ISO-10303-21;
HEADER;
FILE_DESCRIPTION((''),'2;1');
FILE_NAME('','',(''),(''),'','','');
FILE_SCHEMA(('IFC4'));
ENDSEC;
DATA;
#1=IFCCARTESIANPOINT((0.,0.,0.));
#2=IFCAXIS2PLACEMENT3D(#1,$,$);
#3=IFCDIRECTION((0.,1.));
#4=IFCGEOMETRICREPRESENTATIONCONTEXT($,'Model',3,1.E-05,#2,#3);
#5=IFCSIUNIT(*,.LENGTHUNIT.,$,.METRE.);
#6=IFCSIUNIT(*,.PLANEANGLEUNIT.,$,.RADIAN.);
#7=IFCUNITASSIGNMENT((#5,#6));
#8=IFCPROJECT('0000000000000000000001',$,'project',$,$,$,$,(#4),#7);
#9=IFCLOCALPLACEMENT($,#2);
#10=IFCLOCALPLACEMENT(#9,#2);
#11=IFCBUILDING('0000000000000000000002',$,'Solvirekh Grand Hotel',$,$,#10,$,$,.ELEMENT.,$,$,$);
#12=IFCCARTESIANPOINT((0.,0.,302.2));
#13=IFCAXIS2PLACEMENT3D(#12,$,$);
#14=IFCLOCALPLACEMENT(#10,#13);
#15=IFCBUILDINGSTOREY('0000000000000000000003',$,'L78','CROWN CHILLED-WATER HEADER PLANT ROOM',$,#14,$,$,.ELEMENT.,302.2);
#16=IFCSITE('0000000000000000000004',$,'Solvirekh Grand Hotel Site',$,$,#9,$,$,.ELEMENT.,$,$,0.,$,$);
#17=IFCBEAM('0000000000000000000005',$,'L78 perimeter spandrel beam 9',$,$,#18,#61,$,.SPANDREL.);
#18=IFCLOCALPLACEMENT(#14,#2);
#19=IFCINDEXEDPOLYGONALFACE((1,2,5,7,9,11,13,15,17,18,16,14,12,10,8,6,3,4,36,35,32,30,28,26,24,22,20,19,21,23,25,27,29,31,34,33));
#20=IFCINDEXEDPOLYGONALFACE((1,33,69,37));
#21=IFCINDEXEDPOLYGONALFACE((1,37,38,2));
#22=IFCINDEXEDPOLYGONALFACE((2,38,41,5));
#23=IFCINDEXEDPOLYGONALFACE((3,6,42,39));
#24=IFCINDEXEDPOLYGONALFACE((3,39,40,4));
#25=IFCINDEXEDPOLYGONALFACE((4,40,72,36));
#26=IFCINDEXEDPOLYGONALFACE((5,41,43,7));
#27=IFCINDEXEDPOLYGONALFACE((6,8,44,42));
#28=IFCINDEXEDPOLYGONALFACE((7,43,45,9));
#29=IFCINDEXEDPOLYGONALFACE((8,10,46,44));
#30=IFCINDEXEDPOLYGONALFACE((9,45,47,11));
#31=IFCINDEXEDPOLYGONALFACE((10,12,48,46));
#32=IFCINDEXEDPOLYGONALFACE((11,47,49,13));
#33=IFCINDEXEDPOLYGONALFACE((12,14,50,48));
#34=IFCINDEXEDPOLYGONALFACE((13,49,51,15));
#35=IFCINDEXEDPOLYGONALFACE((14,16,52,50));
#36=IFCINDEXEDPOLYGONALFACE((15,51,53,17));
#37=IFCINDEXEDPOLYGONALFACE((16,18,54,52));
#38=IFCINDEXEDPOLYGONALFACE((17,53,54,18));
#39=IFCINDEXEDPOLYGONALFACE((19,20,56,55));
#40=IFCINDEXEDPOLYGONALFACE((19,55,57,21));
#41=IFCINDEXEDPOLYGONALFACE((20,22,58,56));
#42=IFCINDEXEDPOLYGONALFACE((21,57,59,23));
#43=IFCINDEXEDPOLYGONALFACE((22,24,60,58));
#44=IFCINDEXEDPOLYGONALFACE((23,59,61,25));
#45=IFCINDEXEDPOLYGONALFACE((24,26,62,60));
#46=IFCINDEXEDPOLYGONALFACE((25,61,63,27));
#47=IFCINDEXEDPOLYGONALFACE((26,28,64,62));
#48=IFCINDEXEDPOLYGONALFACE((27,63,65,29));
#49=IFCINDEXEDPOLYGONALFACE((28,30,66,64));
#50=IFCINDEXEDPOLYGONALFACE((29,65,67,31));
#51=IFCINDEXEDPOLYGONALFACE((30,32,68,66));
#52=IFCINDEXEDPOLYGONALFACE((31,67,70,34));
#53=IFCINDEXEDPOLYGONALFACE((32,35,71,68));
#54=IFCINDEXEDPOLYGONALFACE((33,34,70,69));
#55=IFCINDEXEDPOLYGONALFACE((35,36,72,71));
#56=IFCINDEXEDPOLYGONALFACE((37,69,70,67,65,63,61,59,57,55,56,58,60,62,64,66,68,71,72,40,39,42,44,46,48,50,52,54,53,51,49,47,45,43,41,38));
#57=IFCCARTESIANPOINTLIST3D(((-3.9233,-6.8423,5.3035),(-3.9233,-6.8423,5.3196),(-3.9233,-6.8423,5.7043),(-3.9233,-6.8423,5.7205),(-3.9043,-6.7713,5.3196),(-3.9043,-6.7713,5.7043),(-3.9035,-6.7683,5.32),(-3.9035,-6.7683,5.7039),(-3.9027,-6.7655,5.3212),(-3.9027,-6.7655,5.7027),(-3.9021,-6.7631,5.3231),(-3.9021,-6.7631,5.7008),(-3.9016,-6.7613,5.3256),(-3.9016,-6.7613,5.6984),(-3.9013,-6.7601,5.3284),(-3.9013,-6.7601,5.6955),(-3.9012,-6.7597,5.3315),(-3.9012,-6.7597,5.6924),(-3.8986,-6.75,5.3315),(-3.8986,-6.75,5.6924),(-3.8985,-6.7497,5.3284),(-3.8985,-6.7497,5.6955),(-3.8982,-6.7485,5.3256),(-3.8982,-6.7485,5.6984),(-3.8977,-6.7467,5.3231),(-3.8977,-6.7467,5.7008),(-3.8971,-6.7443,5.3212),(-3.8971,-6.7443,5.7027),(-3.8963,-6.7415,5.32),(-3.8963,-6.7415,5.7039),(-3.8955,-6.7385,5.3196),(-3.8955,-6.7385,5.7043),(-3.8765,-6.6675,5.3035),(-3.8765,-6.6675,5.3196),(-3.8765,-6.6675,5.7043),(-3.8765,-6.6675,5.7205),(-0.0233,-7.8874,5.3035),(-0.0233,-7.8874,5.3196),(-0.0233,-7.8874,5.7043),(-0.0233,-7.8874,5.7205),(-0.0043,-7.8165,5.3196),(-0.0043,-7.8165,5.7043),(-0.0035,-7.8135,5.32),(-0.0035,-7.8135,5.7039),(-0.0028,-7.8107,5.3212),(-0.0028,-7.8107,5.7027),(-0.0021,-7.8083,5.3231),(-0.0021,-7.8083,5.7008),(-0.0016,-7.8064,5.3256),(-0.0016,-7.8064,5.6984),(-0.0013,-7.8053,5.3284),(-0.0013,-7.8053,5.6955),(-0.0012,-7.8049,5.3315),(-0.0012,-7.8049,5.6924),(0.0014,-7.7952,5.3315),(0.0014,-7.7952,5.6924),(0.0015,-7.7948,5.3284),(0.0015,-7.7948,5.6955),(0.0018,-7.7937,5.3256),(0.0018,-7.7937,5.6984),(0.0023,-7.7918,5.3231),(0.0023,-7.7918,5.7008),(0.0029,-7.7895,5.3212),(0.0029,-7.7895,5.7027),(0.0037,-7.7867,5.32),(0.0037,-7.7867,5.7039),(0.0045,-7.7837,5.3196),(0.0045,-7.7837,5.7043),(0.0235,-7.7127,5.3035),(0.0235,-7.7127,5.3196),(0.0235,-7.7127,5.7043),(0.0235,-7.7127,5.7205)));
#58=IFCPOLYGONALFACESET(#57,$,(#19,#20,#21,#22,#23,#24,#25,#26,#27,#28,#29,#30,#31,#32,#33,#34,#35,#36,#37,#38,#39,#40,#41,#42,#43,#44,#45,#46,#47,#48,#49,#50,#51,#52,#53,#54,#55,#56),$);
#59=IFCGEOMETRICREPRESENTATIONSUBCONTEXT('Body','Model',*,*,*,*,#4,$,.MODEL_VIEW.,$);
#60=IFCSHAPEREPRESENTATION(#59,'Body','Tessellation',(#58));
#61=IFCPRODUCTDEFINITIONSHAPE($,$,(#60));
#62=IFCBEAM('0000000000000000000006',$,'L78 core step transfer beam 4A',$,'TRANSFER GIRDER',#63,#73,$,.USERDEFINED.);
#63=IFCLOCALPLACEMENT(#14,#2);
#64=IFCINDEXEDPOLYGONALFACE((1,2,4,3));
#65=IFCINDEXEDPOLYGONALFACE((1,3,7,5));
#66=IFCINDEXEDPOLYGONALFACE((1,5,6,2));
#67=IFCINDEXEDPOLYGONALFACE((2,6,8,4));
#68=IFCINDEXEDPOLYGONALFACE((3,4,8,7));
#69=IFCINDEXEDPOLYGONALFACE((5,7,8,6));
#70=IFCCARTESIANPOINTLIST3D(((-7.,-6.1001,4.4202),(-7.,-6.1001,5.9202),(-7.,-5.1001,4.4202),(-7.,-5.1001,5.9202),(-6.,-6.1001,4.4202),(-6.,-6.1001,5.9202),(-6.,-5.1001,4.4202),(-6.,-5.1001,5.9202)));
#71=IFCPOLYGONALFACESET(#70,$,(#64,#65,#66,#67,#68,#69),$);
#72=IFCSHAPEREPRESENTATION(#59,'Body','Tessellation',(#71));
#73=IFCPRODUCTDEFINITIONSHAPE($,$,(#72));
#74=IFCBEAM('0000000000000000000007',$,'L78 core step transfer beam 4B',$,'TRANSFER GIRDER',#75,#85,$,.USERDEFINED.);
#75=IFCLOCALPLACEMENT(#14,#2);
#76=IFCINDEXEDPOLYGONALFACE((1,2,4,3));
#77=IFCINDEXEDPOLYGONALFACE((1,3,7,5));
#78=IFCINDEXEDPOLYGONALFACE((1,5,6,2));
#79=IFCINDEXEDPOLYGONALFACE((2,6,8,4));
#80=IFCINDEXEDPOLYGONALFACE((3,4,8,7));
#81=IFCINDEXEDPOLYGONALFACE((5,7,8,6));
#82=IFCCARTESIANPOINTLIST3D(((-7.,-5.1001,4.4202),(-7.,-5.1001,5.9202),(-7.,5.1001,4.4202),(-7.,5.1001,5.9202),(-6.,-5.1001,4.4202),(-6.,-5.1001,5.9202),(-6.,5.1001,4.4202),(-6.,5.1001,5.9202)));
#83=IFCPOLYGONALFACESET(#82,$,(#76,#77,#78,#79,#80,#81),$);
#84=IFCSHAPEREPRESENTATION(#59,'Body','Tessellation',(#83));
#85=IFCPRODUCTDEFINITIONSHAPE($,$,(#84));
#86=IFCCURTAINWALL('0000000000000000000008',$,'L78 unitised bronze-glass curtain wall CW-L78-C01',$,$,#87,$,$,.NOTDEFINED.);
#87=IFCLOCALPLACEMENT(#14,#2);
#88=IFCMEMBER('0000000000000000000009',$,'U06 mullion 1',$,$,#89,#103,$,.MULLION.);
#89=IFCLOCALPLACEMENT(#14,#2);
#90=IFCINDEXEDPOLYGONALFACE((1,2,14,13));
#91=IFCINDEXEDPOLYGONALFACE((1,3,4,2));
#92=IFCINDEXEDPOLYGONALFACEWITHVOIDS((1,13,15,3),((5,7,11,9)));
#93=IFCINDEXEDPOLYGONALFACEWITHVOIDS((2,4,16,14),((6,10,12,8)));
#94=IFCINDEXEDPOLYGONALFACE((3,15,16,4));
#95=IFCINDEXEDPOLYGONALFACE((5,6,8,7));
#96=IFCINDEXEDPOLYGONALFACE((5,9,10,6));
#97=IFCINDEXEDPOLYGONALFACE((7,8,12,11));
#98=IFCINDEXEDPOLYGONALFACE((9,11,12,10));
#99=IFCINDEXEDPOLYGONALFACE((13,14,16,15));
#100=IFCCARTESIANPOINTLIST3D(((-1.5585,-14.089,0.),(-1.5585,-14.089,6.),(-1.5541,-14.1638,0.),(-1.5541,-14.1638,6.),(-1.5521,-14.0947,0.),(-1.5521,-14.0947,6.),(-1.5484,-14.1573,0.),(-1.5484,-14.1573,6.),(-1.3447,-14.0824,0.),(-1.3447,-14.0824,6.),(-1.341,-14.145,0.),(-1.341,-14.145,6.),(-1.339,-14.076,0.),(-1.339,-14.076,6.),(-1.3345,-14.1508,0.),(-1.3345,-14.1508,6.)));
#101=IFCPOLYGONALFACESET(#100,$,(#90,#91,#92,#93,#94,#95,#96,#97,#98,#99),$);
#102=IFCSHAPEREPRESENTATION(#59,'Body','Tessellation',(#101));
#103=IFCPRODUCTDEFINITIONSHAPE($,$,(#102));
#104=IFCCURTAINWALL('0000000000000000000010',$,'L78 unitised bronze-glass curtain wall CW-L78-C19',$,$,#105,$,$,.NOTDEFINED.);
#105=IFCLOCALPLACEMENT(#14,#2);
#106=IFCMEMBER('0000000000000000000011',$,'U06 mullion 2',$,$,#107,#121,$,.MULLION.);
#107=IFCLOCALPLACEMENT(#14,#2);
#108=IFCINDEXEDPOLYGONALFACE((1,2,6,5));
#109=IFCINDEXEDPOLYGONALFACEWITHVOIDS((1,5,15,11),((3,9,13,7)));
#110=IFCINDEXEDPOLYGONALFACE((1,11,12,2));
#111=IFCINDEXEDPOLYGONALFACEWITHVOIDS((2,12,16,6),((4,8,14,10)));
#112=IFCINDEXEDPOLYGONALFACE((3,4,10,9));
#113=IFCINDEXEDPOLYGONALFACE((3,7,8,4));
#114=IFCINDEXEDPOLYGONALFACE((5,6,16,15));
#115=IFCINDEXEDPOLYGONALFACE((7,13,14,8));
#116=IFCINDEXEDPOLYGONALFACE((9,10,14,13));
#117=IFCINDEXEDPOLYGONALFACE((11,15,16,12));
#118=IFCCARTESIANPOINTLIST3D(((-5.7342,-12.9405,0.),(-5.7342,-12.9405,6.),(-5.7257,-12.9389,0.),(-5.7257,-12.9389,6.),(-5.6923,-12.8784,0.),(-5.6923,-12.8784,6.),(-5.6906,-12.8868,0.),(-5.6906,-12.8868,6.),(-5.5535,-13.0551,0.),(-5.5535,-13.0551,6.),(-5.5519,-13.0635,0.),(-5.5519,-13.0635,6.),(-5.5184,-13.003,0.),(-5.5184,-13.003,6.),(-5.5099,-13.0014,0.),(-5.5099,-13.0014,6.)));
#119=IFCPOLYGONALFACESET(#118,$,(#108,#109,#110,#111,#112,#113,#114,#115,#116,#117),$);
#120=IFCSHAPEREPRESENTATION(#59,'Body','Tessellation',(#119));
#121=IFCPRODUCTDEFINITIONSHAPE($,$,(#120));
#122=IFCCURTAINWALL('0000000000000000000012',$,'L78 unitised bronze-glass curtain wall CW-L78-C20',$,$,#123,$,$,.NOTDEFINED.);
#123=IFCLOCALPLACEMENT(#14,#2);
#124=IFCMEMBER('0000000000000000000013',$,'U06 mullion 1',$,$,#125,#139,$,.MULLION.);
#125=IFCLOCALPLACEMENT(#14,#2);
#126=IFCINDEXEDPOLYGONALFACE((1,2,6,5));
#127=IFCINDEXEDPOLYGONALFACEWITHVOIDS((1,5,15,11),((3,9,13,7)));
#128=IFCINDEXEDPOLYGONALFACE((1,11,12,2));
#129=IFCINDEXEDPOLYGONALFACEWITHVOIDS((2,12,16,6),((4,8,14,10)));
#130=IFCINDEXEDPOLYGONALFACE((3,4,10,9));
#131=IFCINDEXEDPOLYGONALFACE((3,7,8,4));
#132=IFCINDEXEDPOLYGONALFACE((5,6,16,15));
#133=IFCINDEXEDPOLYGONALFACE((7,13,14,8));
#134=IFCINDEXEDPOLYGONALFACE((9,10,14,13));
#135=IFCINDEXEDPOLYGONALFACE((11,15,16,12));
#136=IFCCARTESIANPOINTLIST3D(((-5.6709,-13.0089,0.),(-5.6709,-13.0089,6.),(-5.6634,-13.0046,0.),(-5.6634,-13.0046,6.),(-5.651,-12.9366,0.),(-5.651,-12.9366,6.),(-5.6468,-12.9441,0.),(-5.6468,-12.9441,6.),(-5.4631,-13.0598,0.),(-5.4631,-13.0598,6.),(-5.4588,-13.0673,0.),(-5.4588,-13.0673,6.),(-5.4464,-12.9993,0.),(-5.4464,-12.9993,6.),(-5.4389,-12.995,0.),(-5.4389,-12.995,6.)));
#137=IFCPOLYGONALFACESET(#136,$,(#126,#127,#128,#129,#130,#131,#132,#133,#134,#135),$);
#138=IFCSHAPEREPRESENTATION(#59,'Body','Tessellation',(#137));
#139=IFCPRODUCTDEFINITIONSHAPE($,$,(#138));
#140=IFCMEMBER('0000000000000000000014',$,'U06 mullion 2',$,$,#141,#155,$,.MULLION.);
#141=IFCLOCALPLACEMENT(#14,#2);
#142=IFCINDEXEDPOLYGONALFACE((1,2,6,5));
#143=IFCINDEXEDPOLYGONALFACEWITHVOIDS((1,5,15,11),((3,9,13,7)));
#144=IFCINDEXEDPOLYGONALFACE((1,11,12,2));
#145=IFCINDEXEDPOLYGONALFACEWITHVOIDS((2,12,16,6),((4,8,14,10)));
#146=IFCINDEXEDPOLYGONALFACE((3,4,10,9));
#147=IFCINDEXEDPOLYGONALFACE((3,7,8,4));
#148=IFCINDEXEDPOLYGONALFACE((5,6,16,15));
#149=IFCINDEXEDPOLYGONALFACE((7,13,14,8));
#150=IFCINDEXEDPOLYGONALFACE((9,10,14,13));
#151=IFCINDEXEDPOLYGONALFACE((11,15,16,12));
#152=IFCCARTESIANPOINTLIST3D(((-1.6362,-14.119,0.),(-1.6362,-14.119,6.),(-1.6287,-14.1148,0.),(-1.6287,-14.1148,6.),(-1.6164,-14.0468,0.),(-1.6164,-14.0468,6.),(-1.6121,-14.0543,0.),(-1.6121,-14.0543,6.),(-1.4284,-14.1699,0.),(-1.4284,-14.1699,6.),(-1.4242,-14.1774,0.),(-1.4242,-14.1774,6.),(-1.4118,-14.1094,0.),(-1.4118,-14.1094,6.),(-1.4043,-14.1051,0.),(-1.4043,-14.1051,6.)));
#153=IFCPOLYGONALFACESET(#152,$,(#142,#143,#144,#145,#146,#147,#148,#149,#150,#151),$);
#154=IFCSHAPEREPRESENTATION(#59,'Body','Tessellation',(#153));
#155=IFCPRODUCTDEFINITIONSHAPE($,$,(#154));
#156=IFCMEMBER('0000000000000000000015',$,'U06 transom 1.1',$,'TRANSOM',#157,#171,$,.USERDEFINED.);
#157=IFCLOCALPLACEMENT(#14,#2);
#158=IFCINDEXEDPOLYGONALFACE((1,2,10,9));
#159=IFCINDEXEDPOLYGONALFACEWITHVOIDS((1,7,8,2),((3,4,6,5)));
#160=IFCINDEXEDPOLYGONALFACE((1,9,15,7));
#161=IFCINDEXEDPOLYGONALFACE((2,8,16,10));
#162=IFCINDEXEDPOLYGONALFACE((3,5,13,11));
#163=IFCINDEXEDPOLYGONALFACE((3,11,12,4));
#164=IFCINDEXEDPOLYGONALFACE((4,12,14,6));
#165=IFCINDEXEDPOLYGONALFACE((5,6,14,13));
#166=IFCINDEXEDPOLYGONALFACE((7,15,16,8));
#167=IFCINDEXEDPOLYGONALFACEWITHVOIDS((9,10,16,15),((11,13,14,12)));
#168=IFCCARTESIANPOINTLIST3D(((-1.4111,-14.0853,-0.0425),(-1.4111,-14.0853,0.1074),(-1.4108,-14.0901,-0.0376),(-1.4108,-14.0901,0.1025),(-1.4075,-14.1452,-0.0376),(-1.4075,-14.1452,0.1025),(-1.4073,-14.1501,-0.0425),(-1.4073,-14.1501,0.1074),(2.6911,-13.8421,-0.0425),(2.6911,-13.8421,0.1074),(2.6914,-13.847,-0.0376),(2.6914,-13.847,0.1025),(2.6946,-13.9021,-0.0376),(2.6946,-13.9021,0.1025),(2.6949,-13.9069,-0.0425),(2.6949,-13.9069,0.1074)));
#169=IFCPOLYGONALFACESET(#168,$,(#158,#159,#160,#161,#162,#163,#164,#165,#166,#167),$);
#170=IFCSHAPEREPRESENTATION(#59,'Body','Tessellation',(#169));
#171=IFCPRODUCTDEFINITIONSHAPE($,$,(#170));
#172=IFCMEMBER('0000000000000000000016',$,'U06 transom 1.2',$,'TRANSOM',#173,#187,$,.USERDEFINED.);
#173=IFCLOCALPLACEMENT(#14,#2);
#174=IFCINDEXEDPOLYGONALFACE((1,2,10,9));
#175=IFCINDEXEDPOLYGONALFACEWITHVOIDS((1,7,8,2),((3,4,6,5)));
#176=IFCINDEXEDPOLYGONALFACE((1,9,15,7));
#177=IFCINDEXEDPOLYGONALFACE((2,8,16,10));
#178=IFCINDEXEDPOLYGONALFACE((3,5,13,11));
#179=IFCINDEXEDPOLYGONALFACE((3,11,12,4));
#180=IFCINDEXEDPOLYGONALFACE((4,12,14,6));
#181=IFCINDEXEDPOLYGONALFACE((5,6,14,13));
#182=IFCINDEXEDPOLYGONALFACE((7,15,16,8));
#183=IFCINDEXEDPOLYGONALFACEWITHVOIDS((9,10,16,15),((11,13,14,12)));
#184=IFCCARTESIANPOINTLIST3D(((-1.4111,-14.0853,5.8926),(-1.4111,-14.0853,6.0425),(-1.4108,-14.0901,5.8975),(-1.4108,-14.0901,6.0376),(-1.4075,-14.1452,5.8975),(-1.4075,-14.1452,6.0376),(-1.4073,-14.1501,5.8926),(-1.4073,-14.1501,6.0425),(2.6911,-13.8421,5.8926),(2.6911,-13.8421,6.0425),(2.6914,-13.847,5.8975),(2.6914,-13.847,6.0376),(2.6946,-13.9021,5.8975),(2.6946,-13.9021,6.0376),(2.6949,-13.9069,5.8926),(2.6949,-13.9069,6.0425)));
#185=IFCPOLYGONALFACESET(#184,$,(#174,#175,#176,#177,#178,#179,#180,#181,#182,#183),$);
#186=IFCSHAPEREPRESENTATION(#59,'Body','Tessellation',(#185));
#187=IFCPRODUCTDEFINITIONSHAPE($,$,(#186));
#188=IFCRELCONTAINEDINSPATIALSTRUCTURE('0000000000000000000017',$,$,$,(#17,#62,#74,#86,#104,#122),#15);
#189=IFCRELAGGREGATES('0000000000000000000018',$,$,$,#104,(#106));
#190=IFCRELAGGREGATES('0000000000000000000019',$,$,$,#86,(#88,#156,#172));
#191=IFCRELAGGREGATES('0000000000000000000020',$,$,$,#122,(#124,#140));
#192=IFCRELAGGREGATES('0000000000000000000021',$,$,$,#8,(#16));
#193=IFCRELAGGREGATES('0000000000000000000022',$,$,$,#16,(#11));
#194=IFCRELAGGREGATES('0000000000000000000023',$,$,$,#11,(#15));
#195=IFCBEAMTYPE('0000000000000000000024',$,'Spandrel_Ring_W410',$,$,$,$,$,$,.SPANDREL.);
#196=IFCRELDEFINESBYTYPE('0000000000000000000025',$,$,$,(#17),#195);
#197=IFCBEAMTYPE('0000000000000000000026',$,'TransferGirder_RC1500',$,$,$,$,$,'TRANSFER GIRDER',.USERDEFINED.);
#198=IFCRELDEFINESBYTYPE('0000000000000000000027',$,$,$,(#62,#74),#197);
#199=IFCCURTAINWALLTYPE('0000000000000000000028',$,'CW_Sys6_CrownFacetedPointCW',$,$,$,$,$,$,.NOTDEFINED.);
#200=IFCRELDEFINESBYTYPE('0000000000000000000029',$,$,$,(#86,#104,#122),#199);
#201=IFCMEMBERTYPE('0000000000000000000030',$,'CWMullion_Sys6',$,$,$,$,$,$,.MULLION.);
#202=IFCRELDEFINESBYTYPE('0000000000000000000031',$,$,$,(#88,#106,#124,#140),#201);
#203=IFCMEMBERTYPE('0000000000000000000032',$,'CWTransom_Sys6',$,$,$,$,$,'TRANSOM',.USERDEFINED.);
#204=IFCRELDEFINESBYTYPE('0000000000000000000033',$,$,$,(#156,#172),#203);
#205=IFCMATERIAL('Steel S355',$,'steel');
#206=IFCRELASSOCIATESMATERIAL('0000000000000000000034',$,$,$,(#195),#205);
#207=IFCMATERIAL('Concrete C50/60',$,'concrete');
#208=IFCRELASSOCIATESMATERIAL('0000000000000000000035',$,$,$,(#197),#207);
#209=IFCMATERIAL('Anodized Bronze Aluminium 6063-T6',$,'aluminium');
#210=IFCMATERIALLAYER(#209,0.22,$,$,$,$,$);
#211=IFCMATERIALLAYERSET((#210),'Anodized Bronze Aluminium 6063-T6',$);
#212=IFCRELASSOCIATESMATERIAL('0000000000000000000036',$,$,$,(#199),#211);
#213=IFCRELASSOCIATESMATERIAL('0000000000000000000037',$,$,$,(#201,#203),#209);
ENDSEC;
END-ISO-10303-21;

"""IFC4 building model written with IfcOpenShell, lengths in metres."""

from ifc_helpers import new_model, si_unit, direction, frame, origin, origin_2d, place, context, subcontext, project, spatial, rectangle, hollow_rectangle, i_section, extrude, source, transform, mapped, material, layer, layer_set, material_profile, profile_set, type_object, element, aggregate, save


model = new_model("IFC4")

# Units and contexts
model_context = context("Model", 3, precision=1e-05, world=origin(), true_north=direction((0.0, 1.0)))
body_context = subcontext(model_context, "Body", "Model", "MODEL_VIEW")
ifc_project = project(units=[si_unit("LENGTHUNIT", "METRE"), si_unit("PLANEANGLEUNIT", "RADIAN")], contexts=[model_context])

# Site, building, storey
site_placement = place(None, origin())
site = spatial("IfcSite", under=ifc_project, at=site_placement, Name="Solvirekh Grand Hotel Site", CompositionType="ELEMENT", RefElevation=0.0)
building_placement = place(site_placement, origin())
building = spatial("IfcBuilding", under=site, at=building_placement, Name="Solvirekh Grand Hotel", CompositionType="ELEMENT")
storey_placement = place(building_placement, frame((0.0, 0.0, 302.2)))
storey = spatial("IfcBuildingStorey", under=building, at=storey_placement, Name="L78", Description="CROWN CHILLED-WATER HEADER PLANT ROOM", CompositionType="ELEMENT", Elevation=302.2)

# Shared definitions
ifc_material_1 = material(Name="Concrete C50/60", Category="concrete")

# Beams
ifc_material_2 = material(Name="Steel S355", Category="steel")
ifc_material_profile_1 = material_profile(ifc_material_2, i_section(OverallWidth=0.1809, OverallDepth=0.417, WebThickness=0.01, FlangeThickness=0.0161, FilletRadius=0.012, at=origin_2d()), Name="W410X85")
ifc_profile_set_1 = profile_set([ifc_material_profile_1], Name="Steel S355")
beam_type_1 = type_object("IfcBeamType", Name="Spandrel_Ring_W410", PredefinedType="SPANDREL", material=ifc_profile_set_1)
beam_1_placement = place(storey_placement, frame((-3.8999, -6.7549, 5.512), z_axis=(0.965914, -0.258863, 0.0), x_axis=(0.258863, 0.965914, 0.0)))
element("IfcBeam", 1, at=beam_1_placement, inside=storey, type_object=beam_type_1, Name="L78 perimeter spandrel beam 9", PredefinedType="SPANDREL", context=body_context, shape_type="SweptSolid", body=[
    extrude(i_section(OverallWidth=0.1809, OverallDepth=0.417, WebThickness=0.01, FlangeThickness=0.0161, FilletRadius=0.012, at=origin_2d()), origin(), (0.0, 0.0, 1.0), 4.0376),
])
ifc_material_profile_2 = material_profile(ifc_material_1, rectangle(XDim=1.0, YDim=1.5, at=origin_2d()), Name="RC GIRDER 1000X1500")
ifc_profile_set_2 = profile_set([ifc_material_profile_2], Name="Concrete C50/60")
beam_type_2 = type_object("IfcBeamType", Name="TransferGirder_RC1500", ElementType="TRANSFER GIRDER", PredefinedType="USERDEFINED", material=ifc_profile_set_2)
beam_2_placement = place(storey_placement, frame((-6.5, -6.1001, 5.1702), z_axis=(0.0, 1.0, 0.0), x_axis=(-1.0, 0.0, 0.0)))
element("IfcBeam", 2, at=beam_2_placement, inside=storey, type_object=beam_type_2, Name="L78 core step transfer beam 4A", ObjectType="TRANSFER GIRDER", PredefinedType="USERDEFINED", context=body_context, shape_type="SweptSolid", body=[
    extrude(rectangle(XDim=1.0, YDim=1.5, at=origin_2d()), origin(), (0.0, 0.0, 1.0), 1.0),
])
beam_3_placement = place(storey_placement, frame((-6.5, -5.1001, 5.1702), z_axis=(0.0, 1.0, 0.0), x_axis=(-1.0, 0.0, 0.0)))
element("IfcBeam", 3, at=beam_3_placement, inside=storey, type_object=beam_type_2, Name="L78 core step transfer beam 4B", ObjectType="TRANSFER GIRDER", PredefinedType="USERDEFINED", context=body_context, shape_type="SweptSolid", body=[
    extrude(rectangle(XDim=1.0, YDim=1.5, at=origin_2d()), origin(), (0.0, 0.0, 1.0), 10.2002),
])

# Curtain walls, members
ifc_material_3 = material(Name="Anodized Bronze Aluminium 6063-T6", Category="aluminium")
ifc_layer_1 = layer(ifc_material_3, 0.22)
ifc_layer_set_1 = layer_set([ifc_layer_1], Name="Anodized Bronze Aluminium 6063-T6")
curtain_wall_type = type_object("IfcCurtainWallType", Name="CW_Sys6_CrownFacetedPointCW", PredefinedType="NOTDEFINED", material=ifc_layer_set_1)
curtain_wall_1_placement = place(storey_placement, origin())
curtain_wall_1 = element("IfcCurtainWall", 4, at=curtain_wall_1_placement, inside=storey, type_object=curtain_wall_type, Name="L78 unitised bronze-glass curtain wall CW-L78-C01", PredefinedType="NOTDEFINED")
ifc_material_profile_3 = material_profile(ifc_material_3, hollow_rectangle(XDim=0.075, YDim=0.22, WallThickness=0.0061, at=origin_2d()), Name="ALU RHS 220X75X6")
ifc_profile_set_3 = profile_set([ifc_material_profile_3], Name="Anodized Bronze Aluminium 6063-T6")
member_type_1 = type_object("IfcMemberType", Name="CWMullion_Sys6", PredefinedType="MULLION", material=ifc_profile_set_3)
shared_shape_1 = source(origin(), body_context, "Body", "SweptSolid", [
    extrude(hollow_rectangle(XDim=0.075, YDim=0.22, WallThickness=0.0061, at=origin_2d()), origin(), (0.0, 0.0, 1.0), 6.0),
])
member_1_placement = place(storey_placement, frame((-1.4465, -14.1199, 0.0), z_axis=(0.0, 0.0, 1.0), x_axis=(-0.059162, 0.998248, 0.0)))
member_1 = element("IfcMember", 5, at=member_1_placement, type_object=member_type_1, Name="U06 mullion 1", PredefinedType="MULLION", context=body_context, shape_type="MappedRepresentation", body=[
    mapped(shared_shape_1, transform((0.0, 0.0, 0.0), x_axis=(1.0, 0.0, 0.0), y_axis=(0.0, 1.0, 0.0), z_axis=(0.0, 0.0, 1.0), scale=1.0)),
])
curtain_wall_2_placement = place(storey_placement, origin())
curtain_wall_2 = element("IfcCurtainWall", 6, at=curtain_wall_2_placement, inside=storey, type_object=curtain_wall_type, Name="L78 unitised bronze-glass curtain wall CW-L78-C19", PredefinedType="NOTDEFINED")
member_2_placement = place(storey_placement, frame((-5.6221, -12.9709, 0.0), z_axis=(0.0, 0.0, 1.0), x_axis=(0.559313, 0.828957, 0.0)))
member_2 = element("IfcMember", 7, at=member_2_placement, type_object=member_type_1, Name="U06 mullion 2", PredefinedType="MULLION", context=body_context, shape_type="MappedRepresentation", body=[
    mapped(shared_shape_1, transform((0.0, 0.0, 0.0), x_axis=(1.0, 0.0, 0.0), y_axis=(0.0, 1.0, 0.0), z_axis=(0.0, 0.0, 1.0), scale=1.0)),
])
aggregate(curtain_wall_2, [member_2])

# Curtain wall, members
curtain_wall_3_placement = place(storey_placement, origin())
curtain_wall_3 = element("IfcCurtainWall", 8, at=curtain_wall_3_placement, inside=storey, type_object=curtain_wall_type, Name="L78 unitised bronze-glass curtain wall CW-L78-C20", PredefinedType="NOTDEFINED")
member_3_placement = place(storey_placement, frame((-5.5549, -13.002, 0.0), z_axis=(0.0, 0.0, 1.0), x_axis=(0.265282, 0.964171, 0.0)))
member_3 = element("IfcMember", 9, at=member_3_placement, type_object=member_type_1, Name="U06 mullion 1", PredefinedType="MULLION", context=body_context, shape_type="MappedRepresentation", body=[
    mapped(shared_shape_1, transform((0.0, 0.0, 0.0), x_axis=(1.0, 0.0, 0.0), y_axis=(0.0, 1.0, 0.0), z_axis=(0.0, 0.0, 1.0), scale=1.0)),
])
member_4_placement = place(storey_placement, frame((-1.5203, -14.1121, 0.0), z_axis=(0.0, 0.0, 1.0), x_axis=(0.265282, 0.964171, 0.0)))
member_4 = element("IfcMember", 10, at=member_4_placement, type_object=member_type_1, Name="U06 mullion 2", PredefinedType="MULLION", context=body_context, shape_type="MappedRepresentation", body=[
    mapped(shared_shape_1, transform((0.0, 0.0, 0.0), x_axis=(1.0, 0.0, 0.0), y_axis=(0.0, 1.0, 0.0), z_axis=(0.0, 0.0, 1.0), scale=1.0)),
])

# Members
ifc_material_profile_4 = material_profile(ifc_material_3, hollow_rectangle(XDim=0.0649, YDim=0.1499, WallThickness=0.0049, at=origin_2d()), Name="ALU RHS 150X65X5")
ifc_profile_set_4 = profile_set([ifc_material_profile_4], Name="Anodized Bronze Aluminium 6063-T6")
member_type_2 = type_object("IfcMemberType", Name="CWTransom_Sys6", ElementType="TRANSOM", PredefinedType="USERDEFINED", material=ifc_profile_set_4)
shared_shape_2 = source(origin(), body_context, "Body", "SweptSolid", [
    extrude(hollow_rectangle(XDim=0.0649, YDim=0.1499, WallThickness=0.0049, at=origin_2d()), origin(), (0.0, 0.0, 1.0), 4.1094),
])
member_5_placement = place(storey_placement, frame((-1.4092, -14.1177, 0.0325), z_axis=(0.998248, 0.059171, 0.0), x_axis=(-0.059171, 0.998248, 0.0)))
member_5 = element("IfcMember", 11, at=member_5_placement, type_object=member_type_2, Name="U06 transom 1.1", ObjectType="TRANSOM", PredefinedType="USERDEFINED", context=body_context, shape_type="MappedRepresentation", body=[
    mapped(shared_shape_2, transform((0.0, 0.0, 0.0), x_axis=(1.0, 0.0, 0.0), y_axis=(0.0, 1.0, 0.0), z_axis=(0.0, 0.0, 1.0), scale=1.0)),
])
member_6_placement = place(storey_placement, frame((-1.4092, -14.1177, 5.9675), z_axis=(0.998248, 0.059171, 0.0), x_axis=(-0.059171, 0.998248, 0.0)))
member_6 = element("IfcMember", 12, at=member_6_placement, type_object=member_type_2, Name="U06 transom 1.2", ObjectType="TRANSOM", PredefinedType="USERDEFINED", context=body_context, shape_type="MappedRepresentation", body=[
    mapped(shared_shape_2, transform((0.0, 0.0, 0.0), x_axis=(1.0, 0.0, 0.0), y_axis=(0.0, 1.0, 0.0), z_axis=(0.0, 0.0, 1.0), scale=1.0)),
])
aggregate(curtain_wall_1, [member_1, member_5, member_6])

aggregate(curtain_wall_3, [member_3, member_4])

save(model, "model.ifc")
